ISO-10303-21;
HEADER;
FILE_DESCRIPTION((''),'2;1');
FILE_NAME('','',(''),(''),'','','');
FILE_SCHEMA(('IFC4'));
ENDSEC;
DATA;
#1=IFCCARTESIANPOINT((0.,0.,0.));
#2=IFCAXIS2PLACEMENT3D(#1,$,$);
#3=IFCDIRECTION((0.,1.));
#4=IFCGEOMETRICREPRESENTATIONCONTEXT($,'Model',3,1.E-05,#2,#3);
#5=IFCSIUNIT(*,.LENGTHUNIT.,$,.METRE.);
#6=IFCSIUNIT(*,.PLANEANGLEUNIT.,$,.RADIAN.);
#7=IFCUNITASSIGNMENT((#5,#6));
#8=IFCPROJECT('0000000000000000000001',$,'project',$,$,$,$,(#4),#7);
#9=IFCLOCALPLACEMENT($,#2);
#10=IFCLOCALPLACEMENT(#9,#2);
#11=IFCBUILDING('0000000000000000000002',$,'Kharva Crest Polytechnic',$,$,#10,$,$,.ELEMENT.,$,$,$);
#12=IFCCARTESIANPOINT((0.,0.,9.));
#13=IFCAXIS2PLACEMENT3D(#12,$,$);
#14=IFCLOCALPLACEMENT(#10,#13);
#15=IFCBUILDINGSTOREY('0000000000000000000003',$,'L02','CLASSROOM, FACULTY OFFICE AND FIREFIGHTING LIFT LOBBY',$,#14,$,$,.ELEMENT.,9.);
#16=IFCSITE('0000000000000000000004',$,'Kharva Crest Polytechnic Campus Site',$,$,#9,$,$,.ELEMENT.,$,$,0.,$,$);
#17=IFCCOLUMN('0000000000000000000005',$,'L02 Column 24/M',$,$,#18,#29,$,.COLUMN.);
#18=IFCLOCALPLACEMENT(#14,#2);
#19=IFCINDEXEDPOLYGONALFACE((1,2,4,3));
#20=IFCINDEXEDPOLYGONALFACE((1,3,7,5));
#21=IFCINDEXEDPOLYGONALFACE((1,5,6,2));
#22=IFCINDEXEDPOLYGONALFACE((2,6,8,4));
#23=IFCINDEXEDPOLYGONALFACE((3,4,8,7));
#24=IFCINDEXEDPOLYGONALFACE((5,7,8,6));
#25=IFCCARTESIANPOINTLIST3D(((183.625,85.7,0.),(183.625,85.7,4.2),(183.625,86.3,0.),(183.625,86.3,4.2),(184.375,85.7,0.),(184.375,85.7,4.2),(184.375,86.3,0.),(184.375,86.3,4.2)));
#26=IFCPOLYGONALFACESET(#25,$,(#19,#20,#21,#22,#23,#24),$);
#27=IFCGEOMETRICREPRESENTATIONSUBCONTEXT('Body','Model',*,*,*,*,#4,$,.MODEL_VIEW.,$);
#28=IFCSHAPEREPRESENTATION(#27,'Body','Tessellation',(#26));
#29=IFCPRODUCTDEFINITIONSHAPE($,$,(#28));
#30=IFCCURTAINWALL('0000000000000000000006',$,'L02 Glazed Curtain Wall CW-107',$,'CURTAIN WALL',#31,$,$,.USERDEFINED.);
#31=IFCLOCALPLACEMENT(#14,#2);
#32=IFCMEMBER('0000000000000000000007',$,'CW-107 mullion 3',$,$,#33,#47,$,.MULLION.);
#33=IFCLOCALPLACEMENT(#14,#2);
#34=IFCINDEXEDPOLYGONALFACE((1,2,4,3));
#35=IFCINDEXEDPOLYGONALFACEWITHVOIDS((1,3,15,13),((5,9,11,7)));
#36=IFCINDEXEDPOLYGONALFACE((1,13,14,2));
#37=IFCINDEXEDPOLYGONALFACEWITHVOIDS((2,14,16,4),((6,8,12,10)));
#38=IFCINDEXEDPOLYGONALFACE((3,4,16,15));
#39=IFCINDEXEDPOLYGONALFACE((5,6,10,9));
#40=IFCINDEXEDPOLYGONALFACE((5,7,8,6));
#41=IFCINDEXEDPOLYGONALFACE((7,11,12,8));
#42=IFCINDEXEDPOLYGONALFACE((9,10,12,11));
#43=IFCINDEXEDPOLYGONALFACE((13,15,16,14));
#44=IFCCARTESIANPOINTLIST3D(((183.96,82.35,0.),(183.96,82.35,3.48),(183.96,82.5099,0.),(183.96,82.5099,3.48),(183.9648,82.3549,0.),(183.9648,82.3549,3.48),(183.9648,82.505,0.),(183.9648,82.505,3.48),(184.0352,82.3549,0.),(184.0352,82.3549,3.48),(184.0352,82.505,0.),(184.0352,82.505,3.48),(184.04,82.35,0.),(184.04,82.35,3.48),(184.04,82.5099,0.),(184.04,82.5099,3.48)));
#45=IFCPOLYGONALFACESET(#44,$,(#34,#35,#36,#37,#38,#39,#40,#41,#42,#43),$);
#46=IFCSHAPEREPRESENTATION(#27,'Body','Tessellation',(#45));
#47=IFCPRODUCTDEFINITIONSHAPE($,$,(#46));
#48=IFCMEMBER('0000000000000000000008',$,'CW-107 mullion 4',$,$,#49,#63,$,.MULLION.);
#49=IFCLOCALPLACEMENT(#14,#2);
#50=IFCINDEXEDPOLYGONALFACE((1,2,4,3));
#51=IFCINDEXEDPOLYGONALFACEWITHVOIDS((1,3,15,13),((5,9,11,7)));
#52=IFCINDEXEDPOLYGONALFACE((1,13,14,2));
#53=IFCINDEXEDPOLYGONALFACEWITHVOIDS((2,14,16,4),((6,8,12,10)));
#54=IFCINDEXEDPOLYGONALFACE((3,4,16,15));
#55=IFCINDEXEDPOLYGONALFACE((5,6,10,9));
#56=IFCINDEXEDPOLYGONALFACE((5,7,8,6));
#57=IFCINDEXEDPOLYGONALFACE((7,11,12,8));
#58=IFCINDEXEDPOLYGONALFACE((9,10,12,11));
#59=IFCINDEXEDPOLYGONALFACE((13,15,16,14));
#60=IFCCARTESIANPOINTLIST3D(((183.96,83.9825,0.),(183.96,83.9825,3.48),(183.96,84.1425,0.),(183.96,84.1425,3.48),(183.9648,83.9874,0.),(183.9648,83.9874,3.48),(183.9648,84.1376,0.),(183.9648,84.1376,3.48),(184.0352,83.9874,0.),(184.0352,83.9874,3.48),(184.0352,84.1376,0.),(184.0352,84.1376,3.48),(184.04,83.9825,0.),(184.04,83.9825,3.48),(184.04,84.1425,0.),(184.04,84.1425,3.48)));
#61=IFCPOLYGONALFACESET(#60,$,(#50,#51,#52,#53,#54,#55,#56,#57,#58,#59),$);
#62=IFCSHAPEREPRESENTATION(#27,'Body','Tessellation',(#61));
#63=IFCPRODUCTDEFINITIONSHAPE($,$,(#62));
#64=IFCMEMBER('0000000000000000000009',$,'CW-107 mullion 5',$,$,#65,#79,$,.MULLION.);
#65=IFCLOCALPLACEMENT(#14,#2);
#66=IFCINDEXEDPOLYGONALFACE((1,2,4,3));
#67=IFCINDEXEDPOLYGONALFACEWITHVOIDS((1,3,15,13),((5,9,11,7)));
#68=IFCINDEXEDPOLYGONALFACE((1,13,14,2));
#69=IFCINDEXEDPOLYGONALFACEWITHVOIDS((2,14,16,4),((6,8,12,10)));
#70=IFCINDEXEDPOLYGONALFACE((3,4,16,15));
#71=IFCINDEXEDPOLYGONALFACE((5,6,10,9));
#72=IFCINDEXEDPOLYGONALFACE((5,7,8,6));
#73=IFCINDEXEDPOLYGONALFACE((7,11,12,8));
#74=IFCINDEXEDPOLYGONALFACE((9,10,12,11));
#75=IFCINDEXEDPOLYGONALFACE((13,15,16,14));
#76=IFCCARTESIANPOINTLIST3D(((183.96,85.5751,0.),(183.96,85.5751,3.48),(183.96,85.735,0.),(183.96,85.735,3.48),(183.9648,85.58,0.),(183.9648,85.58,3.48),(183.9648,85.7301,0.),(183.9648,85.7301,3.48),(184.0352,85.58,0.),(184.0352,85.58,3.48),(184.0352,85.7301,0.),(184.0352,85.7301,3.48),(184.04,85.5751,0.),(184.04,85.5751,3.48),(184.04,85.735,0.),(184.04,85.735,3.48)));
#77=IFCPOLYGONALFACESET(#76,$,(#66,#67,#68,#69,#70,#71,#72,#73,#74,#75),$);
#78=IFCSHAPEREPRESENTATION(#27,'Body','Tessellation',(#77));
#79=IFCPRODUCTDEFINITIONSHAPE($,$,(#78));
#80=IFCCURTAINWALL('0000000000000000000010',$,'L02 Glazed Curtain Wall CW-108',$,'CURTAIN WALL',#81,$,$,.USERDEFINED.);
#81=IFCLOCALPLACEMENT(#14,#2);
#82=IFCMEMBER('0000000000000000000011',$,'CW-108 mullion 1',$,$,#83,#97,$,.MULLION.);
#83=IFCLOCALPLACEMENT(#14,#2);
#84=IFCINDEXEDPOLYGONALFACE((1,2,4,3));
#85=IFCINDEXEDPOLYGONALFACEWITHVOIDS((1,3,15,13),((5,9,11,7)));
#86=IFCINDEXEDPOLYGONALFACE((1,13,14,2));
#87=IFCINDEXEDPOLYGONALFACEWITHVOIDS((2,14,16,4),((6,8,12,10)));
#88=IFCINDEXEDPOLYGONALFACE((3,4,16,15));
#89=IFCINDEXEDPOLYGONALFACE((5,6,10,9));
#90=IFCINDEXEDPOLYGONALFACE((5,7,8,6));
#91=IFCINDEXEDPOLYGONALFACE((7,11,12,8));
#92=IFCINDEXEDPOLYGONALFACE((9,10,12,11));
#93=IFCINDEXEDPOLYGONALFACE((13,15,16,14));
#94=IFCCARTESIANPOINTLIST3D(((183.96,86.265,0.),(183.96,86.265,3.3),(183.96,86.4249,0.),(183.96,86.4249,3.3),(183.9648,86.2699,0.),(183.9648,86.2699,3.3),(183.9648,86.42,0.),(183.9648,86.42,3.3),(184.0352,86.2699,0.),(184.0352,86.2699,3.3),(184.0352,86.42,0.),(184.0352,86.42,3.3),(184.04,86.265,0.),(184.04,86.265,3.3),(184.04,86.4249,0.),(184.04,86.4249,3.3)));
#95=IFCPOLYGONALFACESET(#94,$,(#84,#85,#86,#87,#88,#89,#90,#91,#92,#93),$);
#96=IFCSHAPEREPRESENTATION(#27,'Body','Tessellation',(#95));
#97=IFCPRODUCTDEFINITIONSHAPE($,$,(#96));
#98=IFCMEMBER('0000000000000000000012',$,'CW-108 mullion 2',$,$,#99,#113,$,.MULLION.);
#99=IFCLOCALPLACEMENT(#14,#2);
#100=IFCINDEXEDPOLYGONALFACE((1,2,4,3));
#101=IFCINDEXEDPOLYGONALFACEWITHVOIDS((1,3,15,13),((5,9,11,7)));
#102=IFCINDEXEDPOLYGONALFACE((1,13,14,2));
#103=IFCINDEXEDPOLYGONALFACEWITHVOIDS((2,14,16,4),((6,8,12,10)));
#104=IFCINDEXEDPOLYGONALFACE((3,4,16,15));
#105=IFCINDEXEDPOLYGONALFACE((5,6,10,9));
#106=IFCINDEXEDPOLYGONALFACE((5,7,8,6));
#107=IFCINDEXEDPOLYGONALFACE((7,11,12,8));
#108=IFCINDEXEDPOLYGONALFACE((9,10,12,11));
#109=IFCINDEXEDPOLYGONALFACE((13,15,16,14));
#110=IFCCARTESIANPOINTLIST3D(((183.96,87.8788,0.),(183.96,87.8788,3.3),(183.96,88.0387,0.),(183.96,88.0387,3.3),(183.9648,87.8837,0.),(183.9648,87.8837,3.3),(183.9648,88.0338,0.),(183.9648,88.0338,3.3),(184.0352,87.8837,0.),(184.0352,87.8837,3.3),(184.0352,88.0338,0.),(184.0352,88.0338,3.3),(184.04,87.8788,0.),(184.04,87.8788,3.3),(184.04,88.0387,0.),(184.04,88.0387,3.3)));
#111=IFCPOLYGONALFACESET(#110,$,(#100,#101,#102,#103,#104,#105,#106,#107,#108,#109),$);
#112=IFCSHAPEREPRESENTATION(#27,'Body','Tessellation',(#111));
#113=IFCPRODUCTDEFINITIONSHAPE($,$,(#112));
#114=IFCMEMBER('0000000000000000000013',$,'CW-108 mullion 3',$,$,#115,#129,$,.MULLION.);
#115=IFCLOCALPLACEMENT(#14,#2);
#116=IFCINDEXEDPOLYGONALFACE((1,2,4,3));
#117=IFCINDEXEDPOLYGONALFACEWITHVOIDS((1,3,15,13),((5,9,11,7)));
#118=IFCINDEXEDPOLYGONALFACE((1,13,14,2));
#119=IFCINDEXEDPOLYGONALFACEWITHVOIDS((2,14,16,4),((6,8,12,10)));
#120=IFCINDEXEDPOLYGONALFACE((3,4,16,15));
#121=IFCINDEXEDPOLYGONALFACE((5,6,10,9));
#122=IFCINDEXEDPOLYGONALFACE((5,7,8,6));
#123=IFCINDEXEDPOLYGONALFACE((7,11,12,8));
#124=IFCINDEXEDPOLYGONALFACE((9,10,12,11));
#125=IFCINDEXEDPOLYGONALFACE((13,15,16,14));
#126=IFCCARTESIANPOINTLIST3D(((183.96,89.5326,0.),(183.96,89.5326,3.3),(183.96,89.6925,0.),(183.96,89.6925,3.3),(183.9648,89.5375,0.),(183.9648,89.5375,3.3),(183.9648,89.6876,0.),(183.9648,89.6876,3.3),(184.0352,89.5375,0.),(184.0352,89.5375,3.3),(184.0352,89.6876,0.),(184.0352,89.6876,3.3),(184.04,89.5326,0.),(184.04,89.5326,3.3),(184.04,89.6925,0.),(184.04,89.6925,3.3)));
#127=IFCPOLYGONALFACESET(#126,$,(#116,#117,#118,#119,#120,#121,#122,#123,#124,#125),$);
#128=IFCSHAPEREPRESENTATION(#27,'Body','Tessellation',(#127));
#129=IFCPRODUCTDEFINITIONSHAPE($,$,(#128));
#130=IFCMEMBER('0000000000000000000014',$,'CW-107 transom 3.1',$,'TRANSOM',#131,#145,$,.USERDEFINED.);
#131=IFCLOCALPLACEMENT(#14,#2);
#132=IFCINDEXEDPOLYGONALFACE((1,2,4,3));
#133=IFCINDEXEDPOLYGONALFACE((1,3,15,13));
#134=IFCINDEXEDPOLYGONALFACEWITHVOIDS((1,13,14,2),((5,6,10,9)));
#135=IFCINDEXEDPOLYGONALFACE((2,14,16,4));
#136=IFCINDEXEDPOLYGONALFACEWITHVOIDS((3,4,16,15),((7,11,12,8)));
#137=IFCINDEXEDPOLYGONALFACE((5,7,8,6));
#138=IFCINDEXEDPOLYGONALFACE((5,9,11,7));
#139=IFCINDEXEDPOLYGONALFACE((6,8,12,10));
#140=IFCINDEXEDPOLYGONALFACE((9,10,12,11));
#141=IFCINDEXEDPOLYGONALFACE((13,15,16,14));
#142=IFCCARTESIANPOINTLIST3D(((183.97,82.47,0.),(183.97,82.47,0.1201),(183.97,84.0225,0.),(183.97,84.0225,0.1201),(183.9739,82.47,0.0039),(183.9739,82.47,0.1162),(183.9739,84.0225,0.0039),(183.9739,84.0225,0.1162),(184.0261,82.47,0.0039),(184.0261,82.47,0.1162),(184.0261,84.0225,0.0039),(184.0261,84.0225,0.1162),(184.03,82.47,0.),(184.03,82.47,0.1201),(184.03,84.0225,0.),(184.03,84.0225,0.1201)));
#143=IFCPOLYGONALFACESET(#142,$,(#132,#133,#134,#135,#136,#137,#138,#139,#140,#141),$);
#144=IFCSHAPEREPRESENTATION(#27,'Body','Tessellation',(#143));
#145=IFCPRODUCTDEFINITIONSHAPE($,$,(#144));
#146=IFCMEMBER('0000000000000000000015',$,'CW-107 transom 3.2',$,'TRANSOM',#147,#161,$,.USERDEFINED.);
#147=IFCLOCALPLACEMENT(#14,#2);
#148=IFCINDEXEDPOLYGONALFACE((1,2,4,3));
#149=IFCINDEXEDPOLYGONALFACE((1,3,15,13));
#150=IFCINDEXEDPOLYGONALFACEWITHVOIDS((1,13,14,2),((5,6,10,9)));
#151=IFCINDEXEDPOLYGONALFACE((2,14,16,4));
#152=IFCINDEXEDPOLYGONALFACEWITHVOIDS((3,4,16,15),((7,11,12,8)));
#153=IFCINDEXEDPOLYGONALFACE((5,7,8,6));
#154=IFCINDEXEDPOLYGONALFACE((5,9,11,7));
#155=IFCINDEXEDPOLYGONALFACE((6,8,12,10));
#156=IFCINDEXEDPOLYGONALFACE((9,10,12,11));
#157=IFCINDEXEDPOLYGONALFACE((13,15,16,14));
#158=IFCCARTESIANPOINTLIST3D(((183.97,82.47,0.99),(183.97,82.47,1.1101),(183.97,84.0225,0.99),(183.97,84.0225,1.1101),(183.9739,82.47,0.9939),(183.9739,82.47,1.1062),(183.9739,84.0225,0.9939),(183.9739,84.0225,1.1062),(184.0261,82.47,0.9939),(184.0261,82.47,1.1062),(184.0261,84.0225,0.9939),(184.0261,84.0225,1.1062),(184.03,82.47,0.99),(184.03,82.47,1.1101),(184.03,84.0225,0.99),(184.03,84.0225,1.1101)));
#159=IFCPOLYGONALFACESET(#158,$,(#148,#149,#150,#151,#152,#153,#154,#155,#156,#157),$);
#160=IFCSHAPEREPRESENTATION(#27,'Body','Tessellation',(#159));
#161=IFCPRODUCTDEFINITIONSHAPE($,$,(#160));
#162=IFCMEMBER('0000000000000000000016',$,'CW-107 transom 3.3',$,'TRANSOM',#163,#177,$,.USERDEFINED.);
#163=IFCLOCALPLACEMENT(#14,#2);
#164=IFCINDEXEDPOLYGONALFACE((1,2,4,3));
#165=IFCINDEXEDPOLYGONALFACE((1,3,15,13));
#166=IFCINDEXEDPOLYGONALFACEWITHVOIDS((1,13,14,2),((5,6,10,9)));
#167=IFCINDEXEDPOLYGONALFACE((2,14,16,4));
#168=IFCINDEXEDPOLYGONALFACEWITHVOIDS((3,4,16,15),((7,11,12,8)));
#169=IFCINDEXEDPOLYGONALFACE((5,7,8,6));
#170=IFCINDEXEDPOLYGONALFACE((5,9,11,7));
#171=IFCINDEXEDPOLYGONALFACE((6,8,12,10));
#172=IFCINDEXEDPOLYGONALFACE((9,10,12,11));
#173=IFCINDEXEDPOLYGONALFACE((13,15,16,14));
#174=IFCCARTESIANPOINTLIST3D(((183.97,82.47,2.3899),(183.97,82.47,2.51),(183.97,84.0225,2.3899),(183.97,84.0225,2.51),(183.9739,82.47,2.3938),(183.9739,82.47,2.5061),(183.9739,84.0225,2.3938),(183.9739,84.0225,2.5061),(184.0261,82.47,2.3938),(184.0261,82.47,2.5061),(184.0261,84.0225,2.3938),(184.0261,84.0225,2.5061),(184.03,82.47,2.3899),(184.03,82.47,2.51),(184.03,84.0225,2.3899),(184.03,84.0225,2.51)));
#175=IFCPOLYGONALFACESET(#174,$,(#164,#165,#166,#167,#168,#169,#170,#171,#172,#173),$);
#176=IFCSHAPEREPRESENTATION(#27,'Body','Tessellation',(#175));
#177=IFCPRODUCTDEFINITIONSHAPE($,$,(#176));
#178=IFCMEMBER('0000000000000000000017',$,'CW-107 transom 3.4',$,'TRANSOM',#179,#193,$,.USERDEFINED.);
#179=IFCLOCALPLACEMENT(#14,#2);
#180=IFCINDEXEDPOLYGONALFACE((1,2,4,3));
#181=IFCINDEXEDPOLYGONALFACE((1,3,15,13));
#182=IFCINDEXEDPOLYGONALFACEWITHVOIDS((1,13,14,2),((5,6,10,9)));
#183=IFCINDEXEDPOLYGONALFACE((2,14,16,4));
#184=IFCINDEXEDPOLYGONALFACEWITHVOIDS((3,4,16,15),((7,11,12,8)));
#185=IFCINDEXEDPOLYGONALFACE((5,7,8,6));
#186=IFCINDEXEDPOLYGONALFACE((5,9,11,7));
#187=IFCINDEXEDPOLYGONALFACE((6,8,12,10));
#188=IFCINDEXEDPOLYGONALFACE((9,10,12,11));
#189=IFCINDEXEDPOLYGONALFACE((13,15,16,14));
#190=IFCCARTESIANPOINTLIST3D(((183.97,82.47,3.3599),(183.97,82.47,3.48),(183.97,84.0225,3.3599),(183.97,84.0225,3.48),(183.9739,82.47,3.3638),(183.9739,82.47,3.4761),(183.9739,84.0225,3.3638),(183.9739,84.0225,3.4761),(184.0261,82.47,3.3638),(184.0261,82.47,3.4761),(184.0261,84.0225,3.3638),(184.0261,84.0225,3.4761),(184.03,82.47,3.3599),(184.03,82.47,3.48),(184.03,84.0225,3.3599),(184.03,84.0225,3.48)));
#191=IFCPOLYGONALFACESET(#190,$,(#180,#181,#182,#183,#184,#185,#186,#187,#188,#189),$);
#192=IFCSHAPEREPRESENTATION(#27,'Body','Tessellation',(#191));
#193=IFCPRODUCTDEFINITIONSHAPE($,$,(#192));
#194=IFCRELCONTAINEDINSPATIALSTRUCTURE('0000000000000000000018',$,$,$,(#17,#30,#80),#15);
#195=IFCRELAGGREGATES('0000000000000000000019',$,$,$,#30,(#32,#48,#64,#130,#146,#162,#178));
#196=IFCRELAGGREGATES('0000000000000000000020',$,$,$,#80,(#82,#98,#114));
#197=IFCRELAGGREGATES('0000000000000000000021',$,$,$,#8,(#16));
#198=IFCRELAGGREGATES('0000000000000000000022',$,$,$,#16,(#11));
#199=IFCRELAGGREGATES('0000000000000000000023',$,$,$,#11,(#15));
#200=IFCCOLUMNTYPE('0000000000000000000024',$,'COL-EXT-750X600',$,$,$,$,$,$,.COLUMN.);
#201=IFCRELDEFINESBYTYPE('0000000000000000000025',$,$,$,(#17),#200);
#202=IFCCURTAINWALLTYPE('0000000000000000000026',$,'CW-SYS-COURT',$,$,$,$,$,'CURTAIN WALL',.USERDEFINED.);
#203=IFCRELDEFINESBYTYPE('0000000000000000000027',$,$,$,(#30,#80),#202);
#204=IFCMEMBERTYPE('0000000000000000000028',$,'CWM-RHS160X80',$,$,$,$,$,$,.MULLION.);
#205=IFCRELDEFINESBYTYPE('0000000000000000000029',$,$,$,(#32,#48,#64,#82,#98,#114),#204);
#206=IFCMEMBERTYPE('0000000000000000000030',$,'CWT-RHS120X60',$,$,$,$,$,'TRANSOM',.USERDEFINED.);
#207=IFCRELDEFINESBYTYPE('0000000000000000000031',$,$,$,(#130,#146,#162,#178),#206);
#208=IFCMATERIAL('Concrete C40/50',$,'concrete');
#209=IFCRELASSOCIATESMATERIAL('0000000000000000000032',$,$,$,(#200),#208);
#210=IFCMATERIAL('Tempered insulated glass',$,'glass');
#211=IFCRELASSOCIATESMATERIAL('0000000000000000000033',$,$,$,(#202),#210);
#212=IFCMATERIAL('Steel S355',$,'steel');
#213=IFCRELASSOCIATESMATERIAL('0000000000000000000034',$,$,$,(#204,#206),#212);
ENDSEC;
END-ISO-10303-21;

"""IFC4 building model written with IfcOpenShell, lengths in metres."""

from ifc_helpers import new_model, si_unit, direction, frame, origin, origin_2d, place, context, subcontext, project, spatial, rectangle, hollow_rectangle, extrude, material, material_profile, profile_set, type_object, element, aggregate, save


model = new_model("IFC4")

# Units and contexts
model_context = context("Model", 3, precision=1e-05, world=origin(), true_north=direction((0.0, 1.0)))
body_context = subcontext(model_context, "Body", "Model", "MODEL_VIEW")
ifc_project = project(units=[si_unit("LENGTHUNIT", "METRE"), si_unit("PLANEANGLEUNIT", "RADIAN")], contexts=[model_context])

# Site, building, storey
site_placement = place(None, origin())
site = spatial("IfcSite", under=ifc_project, at=site_placement, Name="Kharva Crest Polytechnic Campus Site", CompositionType="ELEMENT", RefElevation=0.0)
building_placement = place(site_placement, origin())
building = spatial("IfcBuilding", under=site, at=building_placement, Name="Kharva Crest Polytechnic", CompositionType="ELEMENT")
storey_placement = place(building_placement, frame((0.0, 0.0, 9.0)))
storey = spatial("IfcBuildingStorey", under=building, at=storey_placement, Name="L02", Description="CLASSROOM, FACULTY OFFICE AND FIREFIGHTING LIFT LOBBY", CompositionType="ELEMENT", Elevation=9.0)

# Column
ifc_material_1 = material(Name="Concrete C40/50", Category="concrete")
ifc_material_profile_1 = material_profile(ifc_material_1, rectangle(XDim=0.75, YDim=0.6001, at=origin_2d()), Name="RECT 750 X 600")
ifc_profile_set_1 = profile_set([ifc_material_profile_1], Name="Concrete C40/50")
column_type = type_object("IfcColumnType", Name="COL-EXT-750X600", PredefinedType="COLUMN", material=ifc_profile_set_1)
column_placement = place(storey_placement, frame((184.0, 86.0, 0.0), z_axis=(0.0, 0.0, 1.0), x_axis=(1.0, 0.0, 0.0)))
element("IfcColumn", 1, at=column_placement, inside=storey, type_object=column_type, Name="L02 Column 24/M", PredefinedType="COLUMN", context=body_context, shape_type="SweptSolid", body=[
    extrude(rectangle(XDim=0.75, YDim=0.6001, at=origin_2d()), origin(), (0.0, 0.0, 1.0), 4.2),
])

# Curtain walls, members
ifc_material_2 = material(Name="Tempered insulated glass", Category="glass")
curtain_wall_type = type_object("IfcCurtainWallType", Name="CW-SYS-COURT", ElementType="CURTAIN WALL", PredefinedType="USERDEFINED", material=ifc_material_2)
curtain_wall_1_placement = place(storey_placement, origin())
curtain_wall_1 = element("IfcCurtainWall", 2, at=curtain_wall_1_placement, inside=storey, type_object=curtain_wall_type, Name="L02 Glazed Curtain Wall CW-107", ObjectType="CURTAIN WALL", PredefinedType="USERDEFINED")
ifc_material_3 = material(Name="Steel S355", Category="steel")
ifc_material_profile_2 = material_profile(ifc_material_3, hollow_rectangle(XDim=0.0801, YDim=0.1599, WallThickness=0.0049, at=origin_2d()), Name="RHS 160X80X5.0")
ifc_profile_set_2 = profile_set([ifc_material_profile_2], Name="Steel S355")
member_type_1 = type_object("IfcMemberType", Name="CWM-RHS160X80", PredefinedType="MULLION", material=ifc_profile_set_2)
member_1_placement = place(storey_placement, frame((184.0, 82.4299, 0.0), z_axis=(0.0, 0.0, 1.0), x_axis=(-1.0, 0.0, 0.0)))
member_1 = element("IfcMember", 3, at=member_1_placement, type_object=member_type_1, Name="CW-107 mullion 3", PredefinedType="MULLION", context=body_context, shape_type="SweptSolid", body=[
    extrude(hollow_rectangle(XDim=0.0801, YDim=0.1599, WallThickness=0.0049, at=origin_2d()), origin(), (0.0, 0.0, 1.0), 3.48),
])
member_2_placement = place(storey_placement, frame((184.0, 84.0625, 0.0), z_axis=(0.0, 0.0, 1.0), x_axis=(-1.0, 0.0, 0.0)))
member_2 = element("IfcMember", 4, at=member_2_placement, type_object=member_type_1, Name="CW-107 mullion 4", PredefinedType="MULLION", context=body_context, shape_type="SweptSolid", body=[
    extrude(hollow_rectangle(XDim=0.0801, YDim=0.1599, WallThickness=0.0049, at=origin_2d()), origin(), (0.0, 0.0, 1.0), 3.48),
])
member_3_placement = place(storey_placement, frame((184.0, 85.655, 0.0), z_axis=(0.0, 0.0, 1.0), x_axis=(-1.0, 0.0, 0.0)))
member_3 = element("IfcMember", 5, at=member_3_placement, type_object=member_type_1, Name="CW-107 mullion 5", PredefinedType="MULLION", context=body_context, shape_type="SweptSolid", body=[
    extrude(hollow_rectangle(XDim=0.0801, YDim=0.1599, WallThickness=0.0049, at=origin_2d()), origin(), (0.0, 0.0, 1.0), 3.48),
])
curtain_wall_2_placement = place(storey_placement, origin())
curtain_wall_2 = element("IfcCurtainWall", 6, at=curtain_wall_2_placement, inside=storey, type_object=curtain_wall_type, Name="L02 Glazed Curtain Wall CW-108", ObjectType="CURTAIN WALL", PredefinedType="USERDEFINED")
member_4_placement = place(storey_placement, frame((184.0, 86.345, 0.0), z_axis=(0.0, 0.0, 1.0), x_axis=(-1.0, 0.0, 0.0)))
member_4 = element("IfcMember", 7, at=member_4_placement, type_object=member_type_1, Name="CW-108 mullion 1", PredefinedType="MULLION", context=body_context, shape_type="SweptSolid", body=[
    extrude(hollow_rectangle(XDim=0.0801, YDim=0.1599, WallThickness=0.0049, at=origin_2d()), origin(), (0.0, 0.0, 1.0), 3.3),
])
member_5_placement = place(storey_placement, frame((184.0, 87.9587, 0.0), z_axis=(0.0, 0.0, 1.0), x_axis=(-1.0, 0.0, 0.0)))
member_5 = element("IfcMember", 8, at=member_5_placement, type_object=member_type_1, Name="CW-108 mullion 2", PredefinedType="MULLION", context=body_context, shape_type="SweptSolid", body=[
    extrude(hollow_rectangle(XDim=0.0801, YDim=0.1599, WallThickness=0.0049, at=origin_2d()), origin(), (0.0, 0.0, 1.0), 3.3),
])
member_6_placement = place(storey_placement, frame((184.0, 89.6125, 0.0), z_axis=(0.0, 0.0, 1.0), x_axis=(-1.0, 0.0, 0.0)))
member_6 = element("IfcMember", 9, at=member_6_placement, type_object=member_type_1, Name="CW-108 mullion 3", PredefinedType="MULLION", context=body_context, shape_type="SweptSolid", body=[
    extrude(hollow_rectangle(XDim=0.0801, YDim=0.1599, WallThickness=0.0049, at=origin_2d()), origin(), (0.0, 0.0, 1.0), 3.3),
])

# Members
ifc_material_profile_3 = material_profile(ifc_material_3, hollow_rectangle(XDim=0.0601, YDim=0.1201, WallThickness=0.0039, at=origin_2d()), Name="RHS 120X60X4.0")
ifc_profile_set_3 = profile_set([ifc_material_profile_3], Name="Steel S355")
member_type_2 = type_object("IfcMemberType", Name="CWT-RHS120X60", ElementType="TRANSOM", PredefinedType="USERDEFINED", material=ifc_profile_set_3)
member_7_placement = place(storey_placement, frame((184.0, 82.47, 0.0601), z_axis=(0.0, 1.0, 0.0), x_axis=(-1.0, 0.0, 0.0)))
member_7 = element("IfcMember", 10, at=member_7_placement, type_object=member_type_2, Name="CW-107 transom 3.1", ObjectType="TRANSOM", PredefinedType="USERDEFINED", context=body_context, shape_type="SweptSolid", body=[
    extrude(hollow_rectangle(XDim=0.0601, YDim=0.1201, WallThickness=0.0039, at=origin_2d()), origin(), (0.0, 0.0, 1.0), 1.5525),
])
member_8_placement = place(storey_placement, frame((184.0, 82.47, 1.05), z_axis=(0.0, 1.0, 0.0), x_axis=(-1.0, 0.0, 0.0)))
member_8 = element("IfcMember", 11, at=member_8_placement, type_object=member_type_2, Name="CW-107 transom 3.2", ObjectType="TRANSOM", PredefinedType="USERDEFINED", context=body_context, shape_type="SweptSolid", body=[
    extrude(hollow_rectangle(XDim=0.0601, YDim=0.1201, WallThickness=0.0039, at=origin_2d()), origin(), (0.0, 0.0, 1.0), 1.5525),
])
member_9_placement = place(storey_placement, frame((184.0, 82.47, 2.45), z_axis=(0.0, 1.0, 0.0), x_axis=(-1.0, 0.0, 0.0)))
member_9 = element("IfcMember", 12, at=member_9_placement, type_object=member_type_2, Name="CW-107 transom 3.3", ObjectType="TRANSOM", PredefinedType="USERDEFINED", context=body_context, shape_type="SweptSolid", body=[
    extrude(hollow_rectangle(XDim=0.0601, YDim=0.1201, WallThickness=0.0039, at=origin_2d()), origin(), (0.0, 0.0, 1.0), 1.5525),
])
member_10_placement = place(storey_placement, frame((184.0, 82.47, 3.4199), z_axis=(0.0, 1.0, 0.0), x_axis=(-1.0, 0.0, 0.0)))
member_10 = element("IfcMember", 13, at=member_10_placement, type_object=member_type_2, Name="CW-107 transom 3.4", ObjectType="TRANSOM", PredefinedType="USERDEFINED", context=body_context, shape_type="SweptSolid", body=[
    extrude(hollow_rectangle(XDim=0.0601, YDim=0.1201, WallThickness=0.0039, at=origin_2d()), origin(), (0.0, 0.0, 1.0), 1.5525),
])

aggregate(curtain_wall_1, [member_1, member_2, member_3, member_7, member_8, member_9, member_10])
aggregate(curtain_wall_2, [member_4, member_5, member_6])

save(model, "model.ifc")
